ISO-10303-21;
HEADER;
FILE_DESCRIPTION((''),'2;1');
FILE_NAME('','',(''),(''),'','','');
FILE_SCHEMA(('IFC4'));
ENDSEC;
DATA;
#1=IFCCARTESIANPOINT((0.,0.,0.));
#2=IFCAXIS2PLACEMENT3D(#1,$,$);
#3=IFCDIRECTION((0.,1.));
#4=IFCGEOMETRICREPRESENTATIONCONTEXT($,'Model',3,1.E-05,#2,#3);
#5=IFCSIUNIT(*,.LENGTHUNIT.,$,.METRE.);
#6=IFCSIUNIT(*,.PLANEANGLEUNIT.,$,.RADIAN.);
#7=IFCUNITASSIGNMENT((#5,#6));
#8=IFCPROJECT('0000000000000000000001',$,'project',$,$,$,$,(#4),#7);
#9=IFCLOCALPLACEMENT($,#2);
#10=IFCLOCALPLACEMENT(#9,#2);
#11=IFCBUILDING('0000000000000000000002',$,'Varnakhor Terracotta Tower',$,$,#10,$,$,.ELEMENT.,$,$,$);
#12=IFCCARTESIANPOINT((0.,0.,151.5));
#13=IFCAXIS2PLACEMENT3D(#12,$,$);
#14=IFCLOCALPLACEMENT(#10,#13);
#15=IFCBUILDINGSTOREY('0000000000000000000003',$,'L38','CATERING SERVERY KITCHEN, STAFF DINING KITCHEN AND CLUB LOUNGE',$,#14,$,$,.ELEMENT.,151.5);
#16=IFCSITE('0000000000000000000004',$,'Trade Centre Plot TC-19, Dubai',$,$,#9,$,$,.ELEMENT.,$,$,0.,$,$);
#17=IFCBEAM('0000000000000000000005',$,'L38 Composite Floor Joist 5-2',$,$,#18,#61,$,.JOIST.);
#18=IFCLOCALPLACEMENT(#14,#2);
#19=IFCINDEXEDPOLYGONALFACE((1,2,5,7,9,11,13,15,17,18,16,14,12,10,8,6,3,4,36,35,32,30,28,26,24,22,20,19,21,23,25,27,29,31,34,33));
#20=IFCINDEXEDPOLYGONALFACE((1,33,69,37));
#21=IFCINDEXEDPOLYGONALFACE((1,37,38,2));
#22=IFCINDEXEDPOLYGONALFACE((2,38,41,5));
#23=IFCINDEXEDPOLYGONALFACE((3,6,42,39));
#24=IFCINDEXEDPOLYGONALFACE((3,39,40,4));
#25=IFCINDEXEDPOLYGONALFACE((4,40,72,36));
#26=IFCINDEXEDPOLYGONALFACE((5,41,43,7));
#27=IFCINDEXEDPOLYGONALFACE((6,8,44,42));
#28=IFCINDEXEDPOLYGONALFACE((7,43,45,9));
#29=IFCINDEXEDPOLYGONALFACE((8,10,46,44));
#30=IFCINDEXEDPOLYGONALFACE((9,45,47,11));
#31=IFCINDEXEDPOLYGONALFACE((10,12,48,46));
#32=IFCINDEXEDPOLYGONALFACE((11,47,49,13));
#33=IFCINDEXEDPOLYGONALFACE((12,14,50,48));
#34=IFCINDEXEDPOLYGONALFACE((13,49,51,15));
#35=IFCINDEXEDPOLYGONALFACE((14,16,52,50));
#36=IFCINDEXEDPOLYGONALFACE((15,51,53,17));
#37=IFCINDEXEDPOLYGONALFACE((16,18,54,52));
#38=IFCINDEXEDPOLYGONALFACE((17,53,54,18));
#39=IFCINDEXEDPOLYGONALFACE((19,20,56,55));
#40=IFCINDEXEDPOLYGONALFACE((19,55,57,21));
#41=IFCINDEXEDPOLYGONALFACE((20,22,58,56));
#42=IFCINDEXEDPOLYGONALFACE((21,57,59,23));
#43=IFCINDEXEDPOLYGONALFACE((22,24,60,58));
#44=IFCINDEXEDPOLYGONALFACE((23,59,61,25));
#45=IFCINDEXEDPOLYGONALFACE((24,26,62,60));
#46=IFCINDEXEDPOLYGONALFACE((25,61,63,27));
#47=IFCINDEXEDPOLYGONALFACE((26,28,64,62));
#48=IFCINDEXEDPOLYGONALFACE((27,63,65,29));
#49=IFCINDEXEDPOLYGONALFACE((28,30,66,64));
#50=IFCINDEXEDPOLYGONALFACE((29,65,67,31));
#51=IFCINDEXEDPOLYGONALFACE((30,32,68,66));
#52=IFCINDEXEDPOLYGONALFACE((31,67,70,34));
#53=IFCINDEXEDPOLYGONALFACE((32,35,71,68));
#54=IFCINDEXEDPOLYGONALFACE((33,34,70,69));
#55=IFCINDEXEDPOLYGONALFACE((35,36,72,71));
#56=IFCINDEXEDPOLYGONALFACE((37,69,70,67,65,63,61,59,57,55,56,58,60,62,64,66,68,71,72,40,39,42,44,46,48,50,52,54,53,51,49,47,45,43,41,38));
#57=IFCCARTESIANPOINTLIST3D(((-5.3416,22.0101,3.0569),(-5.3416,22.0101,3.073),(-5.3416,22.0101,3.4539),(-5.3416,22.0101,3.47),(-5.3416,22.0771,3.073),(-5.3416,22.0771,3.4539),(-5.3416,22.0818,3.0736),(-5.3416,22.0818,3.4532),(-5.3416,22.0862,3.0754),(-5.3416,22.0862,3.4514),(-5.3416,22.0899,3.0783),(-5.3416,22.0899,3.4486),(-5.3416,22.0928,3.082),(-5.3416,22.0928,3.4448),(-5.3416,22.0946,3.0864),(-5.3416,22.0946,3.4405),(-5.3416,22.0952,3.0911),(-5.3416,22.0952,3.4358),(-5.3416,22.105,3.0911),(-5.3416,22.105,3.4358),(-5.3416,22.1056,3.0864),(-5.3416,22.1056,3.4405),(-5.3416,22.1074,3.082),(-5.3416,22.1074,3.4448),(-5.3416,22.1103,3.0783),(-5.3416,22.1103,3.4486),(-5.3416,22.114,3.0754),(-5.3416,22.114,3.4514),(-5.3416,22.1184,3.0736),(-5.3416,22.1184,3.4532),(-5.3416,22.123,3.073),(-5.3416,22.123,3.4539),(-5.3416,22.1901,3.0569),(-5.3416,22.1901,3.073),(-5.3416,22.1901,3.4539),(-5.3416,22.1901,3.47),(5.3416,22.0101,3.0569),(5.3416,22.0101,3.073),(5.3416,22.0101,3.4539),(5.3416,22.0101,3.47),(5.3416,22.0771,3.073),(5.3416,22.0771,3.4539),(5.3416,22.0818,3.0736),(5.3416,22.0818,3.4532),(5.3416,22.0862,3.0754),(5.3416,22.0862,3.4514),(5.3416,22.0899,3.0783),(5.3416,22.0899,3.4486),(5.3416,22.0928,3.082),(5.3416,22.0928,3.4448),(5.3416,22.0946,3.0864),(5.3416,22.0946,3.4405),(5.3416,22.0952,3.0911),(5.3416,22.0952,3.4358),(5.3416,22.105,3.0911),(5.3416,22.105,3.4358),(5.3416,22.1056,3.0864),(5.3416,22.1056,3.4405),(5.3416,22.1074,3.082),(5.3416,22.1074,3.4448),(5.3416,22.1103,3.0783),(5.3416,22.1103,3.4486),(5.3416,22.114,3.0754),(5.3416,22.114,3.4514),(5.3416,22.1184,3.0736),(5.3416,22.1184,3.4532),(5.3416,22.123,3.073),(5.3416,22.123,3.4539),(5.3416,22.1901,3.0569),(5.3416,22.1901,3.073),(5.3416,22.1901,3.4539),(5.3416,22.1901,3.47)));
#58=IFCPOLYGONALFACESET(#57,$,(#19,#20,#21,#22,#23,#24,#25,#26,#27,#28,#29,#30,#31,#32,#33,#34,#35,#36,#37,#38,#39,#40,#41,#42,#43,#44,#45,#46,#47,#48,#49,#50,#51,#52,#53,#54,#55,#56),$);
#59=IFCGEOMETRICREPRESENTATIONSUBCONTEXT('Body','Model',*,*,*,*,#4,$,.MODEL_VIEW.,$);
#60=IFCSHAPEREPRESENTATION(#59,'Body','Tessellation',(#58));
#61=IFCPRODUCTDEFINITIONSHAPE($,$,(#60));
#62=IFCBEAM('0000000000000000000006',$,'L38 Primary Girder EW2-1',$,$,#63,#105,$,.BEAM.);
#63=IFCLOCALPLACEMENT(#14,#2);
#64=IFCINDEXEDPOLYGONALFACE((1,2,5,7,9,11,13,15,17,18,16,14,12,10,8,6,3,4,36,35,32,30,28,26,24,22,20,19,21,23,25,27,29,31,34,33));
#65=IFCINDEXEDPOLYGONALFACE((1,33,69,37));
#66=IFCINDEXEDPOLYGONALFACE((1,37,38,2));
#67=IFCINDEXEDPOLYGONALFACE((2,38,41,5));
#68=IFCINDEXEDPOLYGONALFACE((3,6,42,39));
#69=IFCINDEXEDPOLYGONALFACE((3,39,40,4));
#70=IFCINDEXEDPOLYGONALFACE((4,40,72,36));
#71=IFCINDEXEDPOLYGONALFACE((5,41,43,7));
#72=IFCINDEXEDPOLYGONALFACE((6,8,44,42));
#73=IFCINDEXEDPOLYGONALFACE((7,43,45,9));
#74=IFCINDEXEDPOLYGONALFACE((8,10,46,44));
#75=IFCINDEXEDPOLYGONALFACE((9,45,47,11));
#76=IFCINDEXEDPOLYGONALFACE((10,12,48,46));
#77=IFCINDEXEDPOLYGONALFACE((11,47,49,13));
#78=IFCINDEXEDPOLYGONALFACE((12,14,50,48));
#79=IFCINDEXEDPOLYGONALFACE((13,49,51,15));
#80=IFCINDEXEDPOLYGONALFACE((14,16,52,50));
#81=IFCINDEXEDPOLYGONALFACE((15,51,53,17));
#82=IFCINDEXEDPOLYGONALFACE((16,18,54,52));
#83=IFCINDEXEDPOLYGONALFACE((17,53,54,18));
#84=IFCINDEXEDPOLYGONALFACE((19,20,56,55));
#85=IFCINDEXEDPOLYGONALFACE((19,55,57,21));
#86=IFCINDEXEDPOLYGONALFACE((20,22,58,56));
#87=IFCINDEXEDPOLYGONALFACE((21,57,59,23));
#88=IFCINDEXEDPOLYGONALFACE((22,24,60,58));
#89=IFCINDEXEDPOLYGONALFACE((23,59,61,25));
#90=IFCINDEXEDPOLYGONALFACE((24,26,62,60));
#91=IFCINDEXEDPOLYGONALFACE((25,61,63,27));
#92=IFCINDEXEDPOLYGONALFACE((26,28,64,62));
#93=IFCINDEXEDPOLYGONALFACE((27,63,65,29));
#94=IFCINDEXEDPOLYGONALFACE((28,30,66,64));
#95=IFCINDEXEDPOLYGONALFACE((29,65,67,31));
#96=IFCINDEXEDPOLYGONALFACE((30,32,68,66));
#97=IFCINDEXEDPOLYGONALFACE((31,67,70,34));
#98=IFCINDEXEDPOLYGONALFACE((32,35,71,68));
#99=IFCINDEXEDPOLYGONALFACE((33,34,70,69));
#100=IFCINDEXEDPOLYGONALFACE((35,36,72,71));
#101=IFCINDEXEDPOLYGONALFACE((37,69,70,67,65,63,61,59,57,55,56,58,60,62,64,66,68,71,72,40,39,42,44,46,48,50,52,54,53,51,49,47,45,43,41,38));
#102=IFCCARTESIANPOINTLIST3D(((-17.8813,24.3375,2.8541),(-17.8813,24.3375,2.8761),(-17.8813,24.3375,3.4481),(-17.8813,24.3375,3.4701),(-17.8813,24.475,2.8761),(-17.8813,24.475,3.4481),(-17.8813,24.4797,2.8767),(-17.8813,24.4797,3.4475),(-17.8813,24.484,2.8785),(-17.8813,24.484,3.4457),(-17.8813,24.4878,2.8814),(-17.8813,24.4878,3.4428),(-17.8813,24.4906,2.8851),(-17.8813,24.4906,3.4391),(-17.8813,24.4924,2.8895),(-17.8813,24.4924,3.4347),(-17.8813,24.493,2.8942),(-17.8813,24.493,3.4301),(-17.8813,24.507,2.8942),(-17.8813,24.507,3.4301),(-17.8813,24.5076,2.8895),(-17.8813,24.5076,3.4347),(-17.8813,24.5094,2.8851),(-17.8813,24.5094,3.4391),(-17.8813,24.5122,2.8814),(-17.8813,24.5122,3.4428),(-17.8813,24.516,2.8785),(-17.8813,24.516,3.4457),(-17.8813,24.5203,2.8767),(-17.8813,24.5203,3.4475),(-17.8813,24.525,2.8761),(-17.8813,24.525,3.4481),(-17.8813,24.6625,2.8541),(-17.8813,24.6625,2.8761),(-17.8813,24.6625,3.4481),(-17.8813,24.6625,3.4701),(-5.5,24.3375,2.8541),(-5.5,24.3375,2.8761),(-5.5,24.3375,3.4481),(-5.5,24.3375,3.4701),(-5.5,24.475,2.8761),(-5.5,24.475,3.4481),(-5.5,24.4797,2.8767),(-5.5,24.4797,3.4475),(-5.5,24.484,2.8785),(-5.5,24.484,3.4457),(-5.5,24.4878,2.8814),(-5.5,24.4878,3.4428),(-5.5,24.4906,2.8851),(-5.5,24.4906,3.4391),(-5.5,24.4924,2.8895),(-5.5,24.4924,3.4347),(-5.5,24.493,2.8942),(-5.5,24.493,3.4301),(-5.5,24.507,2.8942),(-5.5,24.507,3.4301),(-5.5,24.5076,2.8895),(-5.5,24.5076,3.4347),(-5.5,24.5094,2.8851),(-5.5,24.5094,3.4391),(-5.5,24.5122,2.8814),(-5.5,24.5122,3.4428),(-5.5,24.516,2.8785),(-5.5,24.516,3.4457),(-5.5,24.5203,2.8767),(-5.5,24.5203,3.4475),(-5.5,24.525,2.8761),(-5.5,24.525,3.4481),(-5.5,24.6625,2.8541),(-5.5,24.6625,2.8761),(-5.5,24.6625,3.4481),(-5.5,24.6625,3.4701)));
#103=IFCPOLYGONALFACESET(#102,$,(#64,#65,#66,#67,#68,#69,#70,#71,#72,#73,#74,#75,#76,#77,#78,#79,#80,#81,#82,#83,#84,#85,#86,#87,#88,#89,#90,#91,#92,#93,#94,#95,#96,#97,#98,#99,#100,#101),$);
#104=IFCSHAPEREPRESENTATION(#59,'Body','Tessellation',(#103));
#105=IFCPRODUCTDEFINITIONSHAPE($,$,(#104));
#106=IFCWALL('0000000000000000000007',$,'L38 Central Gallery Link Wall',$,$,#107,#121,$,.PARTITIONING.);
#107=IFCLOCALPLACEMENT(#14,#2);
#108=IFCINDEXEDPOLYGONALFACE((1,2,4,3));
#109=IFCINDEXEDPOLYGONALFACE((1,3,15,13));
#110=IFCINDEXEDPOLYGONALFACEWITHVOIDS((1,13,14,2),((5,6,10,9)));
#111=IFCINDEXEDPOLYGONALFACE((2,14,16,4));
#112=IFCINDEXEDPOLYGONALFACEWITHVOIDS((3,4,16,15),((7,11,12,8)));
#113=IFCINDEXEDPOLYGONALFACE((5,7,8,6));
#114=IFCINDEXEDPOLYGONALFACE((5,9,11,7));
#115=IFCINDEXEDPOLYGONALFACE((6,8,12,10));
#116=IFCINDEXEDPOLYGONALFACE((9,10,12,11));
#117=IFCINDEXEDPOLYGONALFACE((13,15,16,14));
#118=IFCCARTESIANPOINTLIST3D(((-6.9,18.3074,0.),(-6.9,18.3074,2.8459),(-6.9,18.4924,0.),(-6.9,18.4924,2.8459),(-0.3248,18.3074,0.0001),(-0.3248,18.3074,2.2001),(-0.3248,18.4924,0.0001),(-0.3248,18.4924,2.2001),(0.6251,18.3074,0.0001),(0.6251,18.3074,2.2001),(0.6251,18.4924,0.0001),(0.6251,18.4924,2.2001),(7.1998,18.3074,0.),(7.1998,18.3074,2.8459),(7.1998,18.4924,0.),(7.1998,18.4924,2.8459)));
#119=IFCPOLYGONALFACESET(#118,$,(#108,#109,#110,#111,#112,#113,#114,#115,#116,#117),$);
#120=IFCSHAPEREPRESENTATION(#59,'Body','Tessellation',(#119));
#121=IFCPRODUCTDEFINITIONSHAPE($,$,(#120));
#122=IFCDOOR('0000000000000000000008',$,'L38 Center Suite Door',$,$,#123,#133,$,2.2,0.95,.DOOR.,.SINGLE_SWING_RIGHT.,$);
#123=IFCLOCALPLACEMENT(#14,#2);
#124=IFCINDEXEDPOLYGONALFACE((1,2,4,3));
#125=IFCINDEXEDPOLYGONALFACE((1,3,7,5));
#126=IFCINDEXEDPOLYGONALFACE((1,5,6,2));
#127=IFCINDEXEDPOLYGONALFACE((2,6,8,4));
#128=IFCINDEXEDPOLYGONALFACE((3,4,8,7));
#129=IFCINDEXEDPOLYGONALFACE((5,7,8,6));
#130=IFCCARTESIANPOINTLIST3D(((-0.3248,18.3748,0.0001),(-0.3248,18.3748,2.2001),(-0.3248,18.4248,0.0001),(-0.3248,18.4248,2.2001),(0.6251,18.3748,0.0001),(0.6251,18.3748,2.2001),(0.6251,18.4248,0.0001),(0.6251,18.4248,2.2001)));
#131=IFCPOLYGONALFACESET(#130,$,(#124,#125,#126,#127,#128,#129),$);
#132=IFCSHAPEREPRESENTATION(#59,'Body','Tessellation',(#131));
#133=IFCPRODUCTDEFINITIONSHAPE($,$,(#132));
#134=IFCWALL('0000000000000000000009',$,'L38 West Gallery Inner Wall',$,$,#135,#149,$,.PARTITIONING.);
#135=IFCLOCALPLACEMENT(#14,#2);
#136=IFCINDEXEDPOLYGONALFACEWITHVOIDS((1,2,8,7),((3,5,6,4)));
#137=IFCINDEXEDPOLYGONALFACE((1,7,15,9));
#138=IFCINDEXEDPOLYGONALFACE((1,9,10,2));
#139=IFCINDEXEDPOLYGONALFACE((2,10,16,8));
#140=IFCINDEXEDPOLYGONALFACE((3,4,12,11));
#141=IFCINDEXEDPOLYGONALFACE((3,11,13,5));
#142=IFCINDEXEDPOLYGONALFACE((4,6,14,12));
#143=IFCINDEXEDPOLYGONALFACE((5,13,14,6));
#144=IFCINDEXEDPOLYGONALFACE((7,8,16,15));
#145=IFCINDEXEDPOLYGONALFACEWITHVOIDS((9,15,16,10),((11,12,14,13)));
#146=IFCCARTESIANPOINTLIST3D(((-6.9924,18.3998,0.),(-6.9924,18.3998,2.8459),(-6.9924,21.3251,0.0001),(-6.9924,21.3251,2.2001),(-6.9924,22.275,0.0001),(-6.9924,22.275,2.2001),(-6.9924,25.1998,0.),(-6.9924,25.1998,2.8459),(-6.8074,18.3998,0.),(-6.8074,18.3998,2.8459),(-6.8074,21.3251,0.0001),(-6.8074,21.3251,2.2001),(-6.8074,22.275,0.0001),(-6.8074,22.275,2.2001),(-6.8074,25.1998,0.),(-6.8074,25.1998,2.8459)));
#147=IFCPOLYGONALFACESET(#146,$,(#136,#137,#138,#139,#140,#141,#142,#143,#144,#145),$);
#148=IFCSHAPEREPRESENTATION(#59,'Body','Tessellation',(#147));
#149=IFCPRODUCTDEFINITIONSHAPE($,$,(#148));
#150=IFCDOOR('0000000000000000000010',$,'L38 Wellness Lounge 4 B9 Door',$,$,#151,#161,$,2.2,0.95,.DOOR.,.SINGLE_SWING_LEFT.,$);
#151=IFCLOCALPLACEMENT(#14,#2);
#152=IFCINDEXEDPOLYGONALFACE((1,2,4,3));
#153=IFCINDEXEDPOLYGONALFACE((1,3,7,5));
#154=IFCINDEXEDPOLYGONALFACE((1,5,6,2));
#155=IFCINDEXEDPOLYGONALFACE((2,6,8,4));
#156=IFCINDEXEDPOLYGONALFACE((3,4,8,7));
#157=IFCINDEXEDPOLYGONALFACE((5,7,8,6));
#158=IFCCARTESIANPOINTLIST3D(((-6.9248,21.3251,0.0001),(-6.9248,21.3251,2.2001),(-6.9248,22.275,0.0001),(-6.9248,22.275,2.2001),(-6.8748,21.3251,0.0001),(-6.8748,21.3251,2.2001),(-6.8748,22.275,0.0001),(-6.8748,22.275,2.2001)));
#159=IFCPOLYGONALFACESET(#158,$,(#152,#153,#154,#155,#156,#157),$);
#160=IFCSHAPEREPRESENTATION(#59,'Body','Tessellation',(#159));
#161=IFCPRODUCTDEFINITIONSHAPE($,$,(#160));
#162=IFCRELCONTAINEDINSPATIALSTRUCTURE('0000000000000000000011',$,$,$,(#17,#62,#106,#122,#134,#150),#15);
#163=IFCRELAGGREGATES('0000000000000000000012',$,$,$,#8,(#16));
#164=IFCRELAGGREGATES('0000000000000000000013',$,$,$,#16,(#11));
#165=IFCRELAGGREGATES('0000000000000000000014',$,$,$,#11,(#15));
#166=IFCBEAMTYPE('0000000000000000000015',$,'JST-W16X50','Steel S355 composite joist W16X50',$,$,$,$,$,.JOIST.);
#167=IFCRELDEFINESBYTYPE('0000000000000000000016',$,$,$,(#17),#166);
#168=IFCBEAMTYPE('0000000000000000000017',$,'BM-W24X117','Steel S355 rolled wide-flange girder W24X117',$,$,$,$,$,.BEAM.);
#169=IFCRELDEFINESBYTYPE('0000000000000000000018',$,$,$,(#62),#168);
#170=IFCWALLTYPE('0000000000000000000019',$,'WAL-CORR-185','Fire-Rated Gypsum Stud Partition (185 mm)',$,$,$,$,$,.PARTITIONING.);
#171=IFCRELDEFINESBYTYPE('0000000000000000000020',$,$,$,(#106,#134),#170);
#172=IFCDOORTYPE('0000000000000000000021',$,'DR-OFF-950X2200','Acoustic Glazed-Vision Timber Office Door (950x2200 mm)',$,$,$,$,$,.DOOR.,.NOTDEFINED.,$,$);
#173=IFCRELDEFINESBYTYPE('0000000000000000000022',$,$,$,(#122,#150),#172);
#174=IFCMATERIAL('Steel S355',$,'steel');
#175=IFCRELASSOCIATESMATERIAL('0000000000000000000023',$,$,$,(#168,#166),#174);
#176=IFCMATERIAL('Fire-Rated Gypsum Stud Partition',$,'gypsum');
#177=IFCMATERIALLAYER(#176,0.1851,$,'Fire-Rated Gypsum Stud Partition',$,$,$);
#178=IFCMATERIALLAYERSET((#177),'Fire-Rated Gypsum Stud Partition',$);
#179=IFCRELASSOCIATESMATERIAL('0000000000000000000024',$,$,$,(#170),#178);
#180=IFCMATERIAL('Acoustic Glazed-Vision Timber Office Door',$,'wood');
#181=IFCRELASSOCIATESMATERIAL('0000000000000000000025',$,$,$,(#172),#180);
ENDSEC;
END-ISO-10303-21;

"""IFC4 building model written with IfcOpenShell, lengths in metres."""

from ifc_helpers import new_model, si_unit, direction, frame, frame_2d, origin, origin_2d, place, context, subcontext, project, spatial, rectangle, i_section, extrude, source, transform, mapped, material, layer, layer_set, material_profile, profile_set, type_object, type_shapes, element, fill, save


model = new_model("IFC4")

# Units and contexts
model_context = context("Model", 3, precision=1e-05, world=origin(), true_north=direction((0.0, 1.0)))
body_context = subcontext(model_context, "Body", "Model", "MODEL_VIEW")
ifc_project = project(units=[si_unit("LENGTHUNIT", "METRE"), si_unit("PLANEANGLEUNIT", "RADIAN")], contexts=[model_context])

# Site, building, storey
site_placement = place(None, origin())
site = spatial("IfcSite", under=ifc_project, at=site_placement, Name="Trade Centre Plot TC-19, Dubai", CompositionType="ELEMENT", RefElevation=0.0)
building_placement = place(site_placement, origin())
building = spatial("IfcBuilding", under=site, at=building_placement, Name="Varnakhor Terracotta Tower", CompositionType="ELEMENT")
storey_placement = place(building_placement, frame((0.0, 0.0, 151.5)))
storey = spatial("IfcBuildingStorey", under=building, at=storey_placement, Name="L38", Description="CATERING SERVERY KITCHEN, STAFF DINING KITCHEN AND CLUB LOUNGE", CompositionType="ELEMENT", Elevation=151.5)

# Beams
ifc_material_1 = material(Name="Steel S355", Category="steel")
ifc_material_profile_1 = material_profile(ifc_material_1, i_section(OverallWidth=0.325, OverallDepth=0.616, WebThickness=0.0139, FlangeThickness=0.022, FilletRadius=0.0181, at=origin_2d()), Name="W24X117")
ifc_profile_set_1 = profile_set([ifc_material_profile_1], Name="Steel S355")
beam_type_1 = type_object("IfcBeamType", Name="BM-W24X117", Description="Steel S355 rolled wide-flange girder W24X117", PredefinedType="BEAM", material=ifc_profile_set_1)
ifc_material_profile_2 = material_profile(ifc_material_1, i_section(OverallWidth=0.1799, OverallDepth=0.4131, WebThickness=0.0098, FlangeThickness=0.0161, FilletRadius=0.0181, at=origin_2d()), Name="W16X50")
ifc_profile_set_2 = profile_set([ifc_material_profile_2], Name="Steel S355")
beam_type_2 = type_object("IfcBeamType", Name="JST-W16X50", Description="Steel S355 composite joist W16X50", PredefinedType="JOIST", material=ifc_profile_set_2)
shared_shape_1 = source(origin(), body_context, "Body", "SweptSolid", [
    extrude(i_section(OverallWidth=0.1799, OverallDepth=0.4131, WebThickness=0.0098, FlangeThickness=0.0161, FilletRadius=0.0181, at=origin_2d()), origin(), (0.0, 0.0, 1.0), 10.6831),
])
for number, where, z_axis, x_axis, name in (
    (1, (-5.3416, 22.1001, 3.2634), (1.0, 0.0, 0.0), (0.0, 1.0, 0.0), "L38 Composite Floor Joist 5-2"),
):
    element("IfcBeam", number, at=place(storey_placement, frame(where, z_axis=z_axis, x_axis=x_axis)), inside=storey, type_object=beam_type_2, Name=name, PredefinedType="JOIST", context=body_context, shape_type="MappedRepresentation", body=[
        mapped(shared_shape_1, transform((0.0, 0.0, 0.0), scale=1.0)),
    ])
shared_shape_2 = source(origin(), body_context, "Body", "SweptSolid", [
    extrude(i_section(OverallWidth=0.325, OverallDepth=0.616, WebThickness=0.0139, FlangeThickness=0.022, FilletRadius=0.0181, at=origin_2d()), origin(), (0.0, 0.0, 1.0), 12.3813),
])
beam_1_placement = place(storey_placement, frame((-17.8813, 24.5, 3.1621), z_axis=(1.0, 0.0, 0.0), x_axis=(0.0, 1.0, 0.0)))
element("IfcBeam", 2, at=beam_1_placement, inside=storey, type_object=beam_type_1, Name="L38 Primary Girder EW2-1", PredefinedType="BEAM", context=body_context, shape_type="MappedRepresentation", body=[
    mapped(shared_shape_2, transform((0.0, 0.0, 0.0), scale=1.0)),
])

# Walls, openings, doors
ifc_material_2 = material(Name="Fire-Rated Gypsum Stud Partition", Category="gypsum")
ifc_layer_1 = layer(ifc_material_2, 0.1851, Name="Fire-Rated Gypsum Stud Partition")
ifc_layer_set_1 = layer_set([ifc_layer_1], Name="Fire-Rated Gypsum Stud Partition")
wall_type_1 = type_object("IfcWallType", Name="WAL-CORR-185", Description="Fire-Rated Gypsum Stud Partition (185 mm)", PredefinedType="PARTITIONING", material=ifc_layer_set_1)
wall_1_placement = place(storey_placement, frame((-6.8999, 18.3999, 0.0), z_axis=(0.0, 0.0, 1.0), x_axis=(1.0, 0.0, 0.0)))
wall_1 = element("IfcWall", 3, at=wall_1_placement, inside=storey, type_object=wall_type_1, Name="L38 Central Gallery Link Wall", PredefinedType="PARTITIONING", context=body_context, shape_type="SweptSolid", body=[
    extrude(rectangle(XDim=14.0999, YDim=0.1851, at=frame_2d((7.0498, 0.0))), origin(), (0.0, 0.0, 1.0), 2.8459),
])
opening_1_placement = place(wall_1_placement, frame((6.575, 0.0, 0.0)))
opening_1 = element("IfcOpeningElement", 4, at=opening_1_placement, cuts=wall_1, PredefinedType="OPENING", context=body_context, shape_type="SweptSolid", body=[
    extrude(rectangle(XDim=0.95, YDim=2.2, at=frame_2d((0.4751, 1.1001))), frame((0.0, 0.1025, 0.0), z_axis=(0.0, -1.0, 0.0), x_axis=(1.0, 0.0, 0.0)), (0.0, 0.0, 1.0), 0.2051),
])
ifc_material_3 = material(Name="Acoustic Glazed-Vision Timber Office Door", Category="wood")
door_type_1 = type_object("IfcDoorType", Name="DR-OFF-950X2200", Description="Acoustic Glazed-Vision Timber Office Door (950x2200 mm)", OperationType="NOTDEFINED", PredefinedType="DOOR", material=ifc_material_3)
shared_shape_3 = source(origin(), body_context, "Body", "SweptSolid", [
    extrude(rectangle(XDim=0.95, YDim=2.2, at=frame_2d((0.4751, 1.1001))), frame((0.0, 0.0249, 0.0), z_axis=(0.0, -1.0, 0.0), x_axis=(1.0, 0.0, 0.0)), (0.0, 0.0, 1.0), 0.05),
])
type_shapes(door_type_1, [shared_shape_3])
door_1_placement = place(opening_1_placement, origin())
door_1 = element("IfcDoor", 5, at=door_1_placement, inside=storey, type_object=door_type_1, Name="L38 Center Suite Door", OperationType="SINGLE_SWING_RIGHT", OverallHeight=2.2, OverallWidth=0.95, PredefinedType="DOOR", context=body_context, shape_type="MappedRepresentation", body=[
    mapped(shared_shape_3, transform((0.0, 0.0, 0.0), scale=1.0)),
])
fill(opening_1, door_1)
wall_2_placement = place(storey_placement, frame((-6.8999, 18.3999, 0.0), z_axis=(0.0, 0.0, 1.0), x_axis=(0.0, 1.0, 0.0)))
wall_2 = element("IfcWall", 6, at=wall_2_placement, inside=storey, type_object=wall_type_1, Name="L38 West Gallery Inner Wall", PredefinedType="PARTITIONING", context=body_context, shape_type="SweptSolid", body=[
    extrude(rectangle(XDim=6.8, YDim=0.1851, at=frame_2d((3.3999, 0.0))), origin(), (0.0, 0.0, 1.0), 2.8459),
])
opening_2_placement = place(wall_2_placement, frame((2.925, 0.0, 0.0)))
opening_2 = element("IfcOpeningElement", 7, at=opening_2_placement, cuts=wall_2, PredefinedType="OPENING", context=body_context, shape_type="SweptSolid", body=[
    extrude(rectangle(XDim=0.95, YDim=2.2, at=frame_2d((0.4751, 1.1001))), frame((0.0, 0.1025, 0.0), z_axis=(0.0, -1.0, 0.0), x_axis=(1.0, 0.0, 0.0)), (0.0, 0.0, 1.0), 0.2051),
])
door_2_placement = place(opening_2_placement, origin())
door_2 = element("IfcDoor", 8, at=door_2_placement, inside=storey, type_object=door_type_1, Name="L38 Wellness Lounge 4 B9 Door", OperationType="SINGLE_SWING_LEFT", OverallHeight=2.2, OverallWidth=0.95, PredefinedType="DOOR", context=body_context, shape_type="MappedRepresentation", body=[
    mapped(shared_shape_3, transform((0.0, 0.0, 0.0), scale=1.0)),
])
fill(opening_2, door_2)

save(model, "model.ifc")
